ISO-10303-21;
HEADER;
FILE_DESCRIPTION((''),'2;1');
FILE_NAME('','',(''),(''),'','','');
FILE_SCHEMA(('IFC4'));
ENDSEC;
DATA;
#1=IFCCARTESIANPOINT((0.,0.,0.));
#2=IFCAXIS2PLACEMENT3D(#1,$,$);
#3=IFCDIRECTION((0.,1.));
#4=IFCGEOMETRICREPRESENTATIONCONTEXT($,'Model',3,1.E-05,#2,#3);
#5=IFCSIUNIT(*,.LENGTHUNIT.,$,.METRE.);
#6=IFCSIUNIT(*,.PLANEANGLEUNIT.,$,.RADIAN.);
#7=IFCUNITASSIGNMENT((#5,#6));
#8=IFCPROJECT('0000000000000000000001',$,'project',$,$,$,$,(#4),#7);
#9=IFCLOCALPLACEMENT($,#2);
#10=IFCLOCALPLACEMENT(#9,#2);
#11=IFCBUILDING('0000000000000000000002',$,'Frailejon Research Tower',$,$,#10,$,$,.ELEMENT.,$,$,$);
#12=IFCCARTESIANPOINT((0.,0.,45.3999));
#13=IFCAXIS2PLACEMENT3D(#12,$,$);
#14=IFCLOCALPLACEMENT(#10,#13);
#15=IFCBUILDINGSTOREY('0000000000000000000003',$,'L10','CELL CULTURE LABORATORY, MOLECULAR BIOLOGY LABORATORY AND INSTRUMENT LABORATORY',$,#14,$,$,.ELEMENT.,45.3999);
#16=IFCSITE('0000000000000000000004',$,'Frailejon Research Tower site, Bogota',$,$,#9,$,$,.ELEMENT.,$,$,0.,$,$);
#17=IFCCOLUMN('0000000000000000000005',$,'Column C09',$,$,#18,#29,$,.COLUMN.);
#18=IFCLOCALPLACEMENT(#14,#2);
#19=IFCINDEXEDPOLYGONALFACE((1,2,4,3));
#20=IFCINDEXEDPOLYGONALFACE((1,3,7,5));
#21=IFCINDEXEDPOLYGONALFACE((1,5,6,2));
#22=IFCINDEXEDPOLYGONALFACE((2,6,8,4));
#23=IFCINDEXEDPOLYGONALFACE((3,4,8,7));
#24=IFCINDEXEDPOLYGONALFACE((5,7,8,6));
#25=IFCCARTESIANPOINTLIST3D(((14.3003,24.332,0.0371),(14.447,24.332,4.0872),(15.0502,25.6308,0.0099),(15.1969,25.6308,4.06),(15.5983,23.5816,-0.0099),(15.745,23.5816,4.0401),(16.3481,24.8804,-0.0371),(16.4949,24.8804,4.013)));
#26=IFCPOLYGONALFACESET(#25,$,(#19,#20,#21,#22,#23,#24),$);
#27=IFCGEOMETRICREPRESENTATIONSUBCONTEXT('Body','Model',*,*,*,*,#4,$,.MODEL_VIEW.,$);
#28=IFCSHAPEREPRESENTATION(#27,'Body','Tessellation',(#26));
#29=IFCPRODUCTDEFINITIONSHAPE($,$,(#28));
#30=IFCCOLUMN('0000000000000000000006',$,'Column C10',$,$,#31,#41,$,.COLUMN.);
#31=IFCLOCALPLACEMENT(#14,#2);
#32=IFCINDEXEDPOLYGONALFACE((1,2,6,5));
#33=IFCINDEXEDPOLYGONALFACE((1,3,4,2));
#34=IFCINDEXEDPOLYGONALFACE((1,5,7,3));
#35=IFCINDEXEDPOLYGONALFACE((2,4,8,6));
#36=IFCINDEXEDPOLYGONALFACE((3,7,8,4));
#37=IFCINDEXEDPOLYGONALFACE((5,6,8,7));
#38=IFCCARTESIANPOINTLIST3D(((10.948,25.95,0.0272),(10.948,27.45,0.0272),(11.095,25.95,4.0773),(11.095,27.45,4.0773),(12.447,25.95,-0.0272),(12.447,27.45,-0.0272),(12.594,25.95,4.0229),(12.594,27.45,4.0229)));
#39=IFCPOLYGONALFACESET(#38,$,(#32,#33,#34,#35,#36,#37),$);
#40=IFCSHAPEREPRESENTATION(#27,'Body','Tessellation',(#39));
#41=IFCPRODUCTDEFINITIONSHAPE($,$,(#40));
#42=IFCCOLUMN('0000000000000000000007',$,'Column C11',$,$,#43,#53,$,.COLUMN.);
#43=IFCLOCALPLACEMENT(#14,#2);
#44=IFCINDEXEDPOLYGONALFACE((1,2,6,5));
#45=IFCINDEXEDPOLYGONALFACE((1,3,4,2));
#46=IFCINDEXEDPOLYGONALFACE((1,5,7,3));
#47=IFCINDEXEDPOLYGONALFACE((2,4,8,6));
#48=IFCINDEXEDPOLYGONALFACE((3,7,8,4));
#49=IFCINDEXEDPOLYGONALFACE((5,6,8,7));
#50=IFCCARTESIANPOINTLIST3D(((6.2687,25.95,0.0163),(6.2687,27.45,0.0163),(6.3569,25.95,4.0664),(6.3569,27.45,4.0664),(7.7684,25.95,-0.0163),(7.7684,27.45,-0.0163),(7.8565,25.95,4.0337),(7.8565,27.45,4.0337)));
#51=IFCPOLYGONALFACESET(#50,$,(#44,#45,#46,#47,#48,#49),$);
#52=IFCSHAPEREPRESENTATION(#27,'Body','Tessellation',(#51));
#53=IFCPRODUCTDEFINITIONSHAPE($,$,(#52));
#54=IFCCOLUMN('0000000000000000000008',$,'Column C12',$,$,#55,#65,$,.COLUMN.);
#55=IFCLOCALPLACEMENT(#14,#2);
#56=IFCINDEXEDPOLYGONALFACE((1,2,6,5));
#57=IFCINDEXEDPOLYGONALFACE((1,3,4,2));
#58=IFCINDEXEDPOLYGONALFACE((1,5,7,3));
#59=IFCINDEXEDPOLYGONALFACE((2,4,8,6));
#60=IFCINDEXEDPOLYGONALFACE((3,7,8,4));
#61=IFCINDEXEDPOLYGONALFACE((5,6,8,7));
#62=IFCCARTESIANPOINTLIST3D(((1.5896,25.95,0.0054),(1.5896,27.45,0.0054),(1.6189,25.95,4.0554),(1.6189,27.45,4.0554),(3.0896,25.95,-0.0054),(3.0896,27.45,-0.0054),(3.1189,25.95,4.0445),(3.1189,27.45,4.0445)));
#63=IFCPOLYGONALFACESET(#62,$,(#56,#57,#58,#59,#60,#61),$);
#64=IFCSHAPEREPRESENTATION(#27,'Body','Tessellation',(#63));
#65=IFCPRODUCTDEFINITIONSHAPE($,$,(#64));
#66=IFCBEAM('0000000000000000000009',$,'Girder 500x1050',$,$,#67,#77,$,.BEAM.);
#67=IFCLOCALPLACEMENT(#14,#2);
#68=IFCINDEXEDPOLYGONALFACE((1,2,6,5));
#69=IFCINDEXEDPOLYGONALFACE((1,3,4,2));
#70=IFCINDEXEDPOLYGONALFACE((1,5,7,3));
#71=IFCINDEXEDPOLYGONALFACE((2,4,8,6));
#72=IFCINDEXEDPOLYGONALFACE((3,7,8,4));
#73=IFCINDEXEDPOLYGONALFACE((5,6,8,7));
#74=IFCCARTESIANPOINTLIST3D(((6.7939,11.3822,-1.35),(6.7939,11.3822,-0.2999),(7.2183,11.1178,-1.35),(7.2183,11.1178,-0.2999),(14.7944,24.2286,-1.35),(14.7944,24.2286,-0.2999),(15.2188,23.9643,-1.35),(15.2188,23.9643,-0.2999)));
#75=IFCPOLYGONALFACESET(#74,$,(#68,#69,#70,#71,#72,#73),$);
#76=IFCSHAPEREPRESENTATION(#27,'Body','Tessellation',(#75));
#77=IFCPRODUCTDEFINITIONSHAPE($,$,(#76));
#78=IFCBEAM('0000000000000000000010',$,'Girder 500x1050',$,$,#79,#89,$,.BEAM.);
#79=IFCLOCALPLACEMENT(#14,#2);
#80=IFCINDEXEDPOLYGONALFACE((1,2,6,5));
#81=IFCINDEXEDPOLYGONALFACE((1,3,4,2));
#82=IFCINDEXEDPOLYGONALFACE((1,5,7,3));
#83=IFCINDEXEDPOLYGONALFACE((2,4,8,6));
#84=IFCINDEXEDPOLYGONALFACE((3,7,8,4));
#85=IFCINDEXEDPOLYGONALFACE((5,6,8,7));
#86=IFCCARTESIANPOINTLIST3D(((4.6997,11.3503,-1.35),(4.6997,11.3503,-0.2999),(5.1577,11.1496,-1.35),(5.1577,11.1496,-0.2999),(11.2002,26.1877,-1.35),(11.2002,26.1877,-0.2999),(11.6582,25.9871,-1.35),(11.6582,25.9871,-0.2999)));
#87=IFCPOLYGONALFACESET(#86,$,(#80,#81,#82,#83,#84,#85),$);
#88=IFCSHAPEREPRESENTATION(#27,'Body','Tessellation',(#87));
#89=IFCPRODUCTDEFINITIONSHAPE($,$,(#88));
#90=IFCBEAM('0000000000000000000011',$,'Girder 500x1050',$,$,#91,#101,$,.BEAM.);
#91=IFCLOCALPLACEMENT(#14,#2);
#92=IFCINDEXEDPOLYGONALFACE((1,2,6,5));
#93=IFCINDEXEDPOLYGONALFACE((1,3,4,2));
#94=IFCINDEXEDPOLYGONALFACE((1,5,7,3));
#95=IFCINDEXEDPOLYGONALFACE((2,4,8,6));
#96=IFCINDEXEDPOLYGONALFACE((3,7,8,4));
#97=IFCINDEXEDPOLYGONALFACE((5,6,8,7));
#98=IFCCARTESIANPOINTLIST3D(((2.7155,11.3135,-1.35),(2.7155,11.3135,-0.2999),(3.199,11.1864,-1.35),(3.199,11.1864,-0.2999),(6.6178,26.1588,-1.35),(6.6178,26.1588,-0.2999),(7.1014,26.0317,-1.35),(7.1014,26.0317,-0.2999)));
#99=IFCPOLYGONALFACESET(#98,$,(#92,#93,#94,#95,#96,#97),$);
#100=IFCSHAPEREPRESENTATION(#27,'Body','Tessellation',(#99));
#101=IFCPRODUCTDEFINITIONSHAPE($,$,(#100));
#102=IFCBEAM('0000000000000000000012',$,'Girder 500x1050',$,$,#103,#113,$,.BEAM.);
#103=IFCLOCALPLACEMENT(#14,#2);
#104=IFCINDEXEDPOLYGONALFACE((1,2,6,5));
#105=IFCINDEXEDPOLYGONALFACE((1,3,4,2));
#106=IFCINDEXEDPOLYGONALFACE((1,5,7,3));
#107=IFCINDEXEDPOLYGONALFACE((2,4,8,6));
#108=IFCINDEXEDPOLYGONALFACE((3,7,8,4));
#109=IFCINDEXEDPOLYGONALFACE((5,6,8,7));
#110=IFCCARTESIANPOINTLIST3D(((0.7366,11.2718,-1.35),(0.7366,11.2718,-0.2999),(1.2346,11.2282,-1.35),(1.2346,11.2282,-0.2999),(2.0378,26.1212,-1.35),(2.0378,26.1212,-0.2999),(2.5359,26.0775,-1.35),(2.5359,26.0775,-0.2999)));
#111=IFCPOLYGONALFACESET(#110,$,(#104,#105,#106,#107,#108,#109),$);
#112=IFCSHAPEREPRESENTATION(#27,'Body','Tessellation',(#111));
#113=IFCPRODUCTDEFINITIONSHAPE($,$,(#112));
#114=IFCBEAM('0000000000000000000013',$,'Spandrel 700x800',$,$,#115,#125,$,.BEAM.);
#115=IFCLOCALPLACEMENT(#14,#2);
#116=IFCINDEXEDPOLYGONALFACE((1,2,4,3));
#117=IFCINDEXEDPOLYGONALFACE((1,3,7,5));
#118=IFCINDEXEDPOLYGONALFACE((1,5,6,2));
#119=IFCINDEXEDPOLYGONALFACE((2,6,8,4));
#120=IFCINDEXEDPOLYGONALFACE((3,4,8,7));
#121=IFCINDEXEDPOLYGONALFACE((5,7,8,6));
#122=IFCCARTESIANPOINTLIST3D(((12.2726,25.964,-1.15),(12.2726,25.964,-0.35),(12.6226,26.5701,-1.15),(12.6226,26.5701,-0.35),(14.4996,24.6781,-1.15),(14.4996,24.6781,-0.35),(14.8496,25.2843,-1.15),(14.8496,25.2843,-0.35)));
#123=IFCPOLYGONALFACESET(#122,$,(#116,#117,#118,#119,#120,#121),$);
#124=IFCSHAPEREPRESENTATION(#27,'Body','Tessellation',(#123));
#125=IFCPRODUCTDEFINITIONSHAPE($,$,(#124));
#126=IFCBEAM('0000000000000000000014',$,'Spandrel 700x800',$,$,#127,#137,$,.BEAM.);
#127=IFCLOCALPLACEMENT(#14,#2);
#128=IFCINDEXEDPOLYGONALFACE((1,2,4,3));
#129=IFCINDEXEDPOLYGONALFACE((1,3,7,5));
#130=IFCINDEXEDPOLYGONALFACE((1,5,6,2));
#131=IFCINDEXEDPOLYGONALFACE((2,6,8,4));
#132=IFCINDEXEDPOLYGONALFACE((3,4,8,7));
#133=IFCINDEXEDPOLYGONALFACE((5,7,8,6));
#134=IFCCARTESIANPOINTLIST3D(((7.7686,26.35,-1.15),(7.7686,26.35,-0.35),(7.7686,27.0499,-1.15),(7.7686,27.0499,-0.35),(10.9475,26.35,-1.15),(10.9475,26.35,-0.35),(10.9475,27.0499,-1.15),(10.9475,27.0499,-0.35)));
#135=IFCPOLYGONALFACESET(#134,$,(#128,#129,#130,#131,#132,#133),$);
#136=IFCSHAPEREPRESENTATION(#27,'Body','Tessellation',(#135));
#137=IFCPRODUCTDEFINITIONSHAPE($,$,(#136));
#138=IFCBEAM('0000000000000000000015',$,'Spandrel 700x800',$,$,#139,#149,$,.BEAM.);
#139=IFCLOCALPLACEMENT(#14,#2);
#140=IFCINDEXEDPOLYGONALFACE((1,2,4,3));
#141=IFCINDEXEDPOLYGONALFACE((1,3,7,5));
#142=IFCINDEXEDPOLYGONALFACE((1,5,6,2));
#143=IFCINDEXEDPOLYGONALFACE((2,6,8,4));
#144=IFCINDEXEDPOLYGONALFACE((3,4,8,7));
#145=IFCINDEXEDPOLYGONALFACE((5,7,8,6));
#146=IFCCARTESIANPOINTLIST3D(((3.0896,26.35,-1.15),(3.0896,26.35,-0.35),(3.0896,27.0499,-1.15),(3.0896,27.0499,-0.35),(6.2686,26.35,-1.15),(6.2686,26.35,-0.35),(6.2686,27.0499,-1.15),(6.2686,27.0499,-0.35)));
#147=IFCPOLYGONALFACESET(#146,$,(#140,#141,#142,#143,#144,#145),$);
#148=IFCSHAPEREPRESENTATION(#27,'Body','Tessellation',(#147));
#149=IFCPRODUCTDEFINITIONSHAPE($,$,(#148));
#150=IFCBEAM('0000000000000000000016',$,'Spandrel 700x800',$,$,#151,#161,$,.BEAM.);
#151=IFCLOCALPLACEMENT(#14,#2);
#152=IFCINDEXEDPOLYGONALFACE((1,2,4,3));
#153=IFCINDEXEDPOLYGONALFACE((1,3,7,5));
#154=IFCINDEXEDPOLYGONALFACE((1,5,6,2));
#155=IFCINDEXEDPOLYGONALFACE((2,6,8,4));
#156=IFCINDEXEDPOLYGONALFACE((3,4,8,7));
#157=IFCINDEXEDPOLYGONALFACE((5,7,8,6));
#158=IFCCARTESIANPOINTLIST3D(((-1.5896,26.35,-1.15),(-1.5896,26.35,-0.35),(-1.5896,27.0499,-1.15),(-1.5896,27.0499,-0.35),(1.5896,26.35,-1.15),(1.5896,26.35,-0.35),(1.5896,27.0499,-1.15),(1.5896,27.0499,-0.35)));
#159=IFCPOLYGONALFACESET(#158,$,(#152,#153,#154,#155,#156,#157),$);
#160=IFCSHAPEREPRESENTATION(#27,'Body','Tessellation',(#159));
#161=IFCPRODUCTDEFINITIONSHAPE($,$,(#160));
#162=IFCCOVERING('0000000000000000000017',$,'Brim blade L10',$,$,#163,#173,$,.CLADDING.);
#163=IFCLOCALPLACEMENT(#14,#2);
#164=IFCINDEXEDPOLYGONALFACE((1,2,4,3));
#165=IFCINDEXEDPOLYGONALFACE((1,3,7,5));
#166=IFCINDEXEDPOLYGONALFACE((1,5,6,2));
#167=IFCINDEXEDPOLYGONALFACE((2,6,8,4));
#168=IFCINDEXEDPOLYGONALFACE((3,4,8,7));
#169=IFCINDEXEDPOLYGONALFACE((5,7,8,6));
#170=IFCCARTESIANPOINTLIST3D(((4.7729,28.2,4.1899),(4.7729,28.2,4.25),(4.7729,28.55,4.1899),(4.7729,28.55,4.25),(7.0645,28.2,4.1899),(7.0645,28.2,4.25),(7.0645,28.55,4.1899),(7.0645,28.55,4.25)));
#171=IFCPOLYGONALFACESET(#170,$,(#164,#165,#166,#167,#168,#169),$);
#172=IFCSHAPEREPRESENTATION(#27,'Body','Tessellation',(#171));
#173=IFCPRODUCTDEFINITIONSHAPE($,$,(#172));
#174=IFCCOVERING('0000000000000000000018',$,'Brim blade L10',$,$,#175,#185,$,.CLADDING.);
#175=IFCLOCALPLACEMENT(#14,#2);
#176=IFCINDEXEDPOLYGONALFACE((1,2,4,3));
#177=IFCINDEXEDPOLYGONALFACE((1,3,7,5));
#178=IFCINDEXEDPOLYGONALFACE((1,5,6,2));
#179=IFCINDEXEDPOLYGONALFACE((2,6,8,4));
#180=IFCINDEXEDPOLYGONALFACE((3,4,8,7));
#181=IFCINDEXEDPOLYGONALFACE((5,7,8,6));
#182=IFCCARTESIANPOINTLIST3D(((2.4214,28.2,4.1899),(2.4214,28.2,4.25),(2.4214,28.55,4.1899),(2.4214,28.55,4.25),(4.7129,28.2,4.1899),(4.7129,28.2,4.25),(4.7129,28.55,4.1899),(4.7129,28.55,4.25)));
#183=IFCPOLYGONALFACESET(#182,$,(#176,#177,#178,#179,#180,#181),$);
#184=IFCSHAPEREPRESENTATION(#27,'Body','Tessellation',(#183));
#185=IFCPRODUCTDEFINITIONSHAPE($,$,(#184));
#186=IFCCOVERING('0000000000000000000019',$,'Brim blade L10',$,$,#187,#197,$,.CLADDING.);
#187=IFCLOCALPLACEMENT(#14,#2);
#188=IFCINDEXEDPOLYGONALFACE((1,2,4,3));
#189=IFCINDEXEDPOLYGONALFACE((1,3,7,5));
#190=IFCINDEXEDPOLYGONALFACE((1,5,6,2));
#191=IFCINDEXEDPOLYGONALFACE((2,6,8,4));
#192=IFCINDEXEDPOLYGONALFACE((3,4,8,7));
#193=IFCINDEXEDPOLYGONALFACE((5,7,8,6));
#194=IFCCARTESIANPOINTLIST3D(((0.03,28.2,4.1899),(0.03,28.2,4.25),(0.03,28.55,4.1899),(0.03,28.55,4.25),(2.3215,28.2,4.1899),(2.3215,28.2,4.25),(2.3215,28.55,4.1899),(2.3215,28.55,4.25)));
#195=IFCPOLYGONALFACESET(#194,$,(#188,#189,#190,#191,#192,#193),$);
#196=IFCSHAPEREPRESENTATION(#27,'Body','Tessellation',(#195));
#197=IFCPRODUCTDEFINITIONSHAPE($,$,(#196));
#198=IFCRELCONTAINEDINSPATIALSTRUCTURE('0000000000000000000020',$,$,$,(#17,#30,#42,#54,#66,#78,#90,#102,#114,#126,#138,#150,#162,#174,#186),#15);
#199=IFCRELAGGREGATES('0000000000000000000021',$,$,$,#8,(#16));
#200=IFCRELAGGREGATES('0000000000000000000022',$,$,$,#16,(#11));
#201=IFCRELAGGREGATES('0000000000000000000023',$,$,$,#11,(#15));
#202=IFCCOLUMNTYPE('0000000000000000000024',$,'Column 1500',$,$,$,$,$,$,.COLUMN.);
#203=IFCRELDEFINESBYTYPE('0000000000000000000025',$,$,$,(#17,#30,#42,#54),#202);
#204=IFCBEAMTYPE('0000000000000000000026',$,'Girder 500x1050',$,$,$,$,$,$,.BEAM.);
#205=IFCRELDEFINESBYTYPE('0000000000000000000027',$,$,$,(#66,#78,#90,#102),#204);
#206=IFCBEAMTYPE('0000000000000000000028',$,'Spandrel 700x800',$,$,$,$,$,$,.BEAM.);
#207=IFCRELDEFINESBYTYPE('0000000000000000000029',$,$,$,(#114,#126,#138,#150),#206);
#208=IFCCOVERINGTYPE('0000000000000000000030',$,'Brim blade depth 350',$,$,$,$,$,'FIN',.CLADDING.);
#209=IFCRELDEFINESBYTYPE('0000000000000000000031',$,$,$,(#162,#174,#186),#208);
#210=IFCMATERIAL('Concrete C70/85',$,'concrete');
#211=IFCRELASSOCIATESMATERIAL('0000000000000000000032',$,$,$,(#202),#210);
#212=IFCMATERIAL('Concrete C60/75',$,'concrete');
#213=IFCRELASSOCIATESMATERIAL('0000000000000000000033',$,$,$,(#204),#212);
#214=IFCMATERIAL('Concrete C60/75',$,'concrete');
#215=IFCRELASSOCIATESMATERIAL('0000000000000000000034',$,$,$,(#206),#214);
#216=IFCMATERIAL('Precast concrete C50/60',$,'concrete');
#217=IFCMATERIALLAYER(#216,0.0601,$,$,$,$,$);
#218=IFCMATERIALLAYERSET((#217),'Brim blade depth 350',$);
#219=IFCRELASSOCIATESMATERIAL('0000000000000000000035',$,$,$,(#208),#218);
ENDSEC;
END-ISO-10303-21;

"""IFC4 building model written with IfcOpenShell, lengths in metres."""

from ifc_helpers import new_model, si_unit, direction, frame, origin, origin_2d, place, context, subcontext, project, spatial, polyline, rectangle, outline, extrude, material, layer, layer_set, material_profile, profile_set, type_object, element, save


model = new_model("IFC4")

# Units and contexts
model_context = context("Model", 3, precision=1e-05, world=origin(), true_north=direction((0.0, 1.0)))
body_context = subcontext(model_context, "Body", "Model", "MODEL_VIEW")
ifc_project = project(units=[si_unit("LENGTHUNIT", "METRE"), si_unit("PLANEANGLEUNIT", "RADIAN")], contexts=[model_context])

# Site, building, storey
site_placement = place(None, origin())
site = spatial("IfcSite", under=ifc_project, at=site_placement, Name="Frailejon Research Tower site, Bogota", CompositionType="ELEMENT", RefElevation=0.0)
building_placement = place(site_placement, origin())
building = spatial("IfcBuilding", under=site, at=building_placement, Name="Frailejon Research Tower", CompositionType="ELEMENT")
storey_placement = place(building_placement, frame((0.0, 0.0, 45.3999)))
storey = spatial("IfcBuildingStorey", under=building, at=storey_placement, Name="L10", Description="CELL CULTURE LABORATORY, MOLECULAR BIOLOGY LABORATORY AND INSTRUMENT LABORATORY", CompositionType="ELEMENT", Elevation=45.3999)

# Columns
ifc_material_1 = material(Name="Concrete C70/85", Category="concrete")
ifc_material_profile_1 = material_profile(ifc_material_1, rectangle(XDim=1.5, YDim=1.5, at=origin_2d()), Name="Column 1500")
ifc_profile_set_1 = profile_set([ifc_material_profile_1], Name="Concrete C70/85")
column_type = type_object("IfcColumnType", Name="Column 1500", PredefinedType="COLUMN", material=ifc_profile_set_1)
for number, where, z_axis, x_axis, name in (
    (1, (15.3242, 24.6062, 0.0), (0.036205, 0.0, 0.999344), (-0.865315, 0.500246, 0.031349), "Column C09"),
    (2, (11.6975, 26.7, 0.0), (0.036265, 0.0, 0.999342), (-0.999342, 0.0, 0.036265), "Column C10"),
):
    element("IfcColumn", number, at=place(storey_placement, frame(where, z_axis=z_axis, x_axis=x_axis)), inside=storey, type_object=column_type, Name=name, PredefinedType="COLUMN", context=body_context, shape_type="SweptSolid", body=[
        extrude(rectangle(XDim=1.5, YDim=1.5, at=origin_2d()), origin(), (0.0, 0.0, 1.0), 4.0527),
    ])
column_1_placement = place(storey_placement, frame((7.0186, 26.7, 0.0), z_axis=(0.021756, 0.0, 0.999763), x_axis=(-0.999763, 0.0, 0.021756)))
element("IfcColumn", 3, at=column_1_placement, inside=storey, type_object=column_type, Name="Column C11", PredefinedType="COLUMN", context=body_context, shape_type="SweptSolid", body=[
    extrude(rectangle(XDim=1.5, YDim=1.5, at=origin_2d()), origin(), (0.0, 0.0, 1.0), 4.051),
])
column_2_placement = place(storey_placement, frame((2.3396, 26.7, 0.0), z_axis=(0.007234, 0.0, 0.999974), x_axis=(-0.999974, 0.0, 0.007234)))
element("IfcColumn", 4, at=column_2_placement, inside=storey, type_object=column_type, Name="Column C12", PredefinedType="COLUMN", context=body_context, shape_type="SweptSolid", body=[
    extrude(rectangle(XDim=1.5, YDim=1.5, at=origin_2d()), origin(), (0.0, 0.0, 1.0), 4.05),
])

# Beams
ifc_material_2 = material(Name="Concrete C60/75", Category="concrete")
ifc_material_profile_2 = material_profile(ifc_material_2, rectangle(XDim=0.5, YDim=1.05, at=origin_2d()), Name="Girder 500x1050")
ifc_profile_set_2 = profile_set([ifc_material_profile_2], Name="Concrete C60/75")
beam_type_1 = type_object("IfcBeamType", Name="Girder 500x1050", PredefinedType="BEAM", material=ifc_profile_set_2)
beam_1_placement = place(storey_placement, frame((15.0066, 24.0964, -0.825), z_axis=(-0.528642, -0.848845, 0.0), x_axis=(0.848845, -0.528642, 0.0)))
element("IfcBeam", 5, at=beam_1_placement, inside=storey, type_object=beam_type_1, Name="Girder 500x1050", PredefinedType="BEAM", context=body_context, shape_type="SweptSolid", body=[
    extrude(rectangle(XDim=0.5, YDim=1.05, at=origin_2d()), origin(), (0.0, 0.0, 1.0), 15.134),
])
beam_2_placement = place(storey_placement, frame((11.4292, 26.0874, -0.825), z_axis=(-0.401292, -0.91595, 0.0), x_axis=(0.91595, -0.401292, 0.0)))
element("IfcBeam", 6, at=beam_2_placement, inside=storey, type_object=beam_type_1, Name="Girder 500x1050", PredefinedType="BEAM", context=body_context, shape_type="SweptSolid", body=[
    extrude(rectangle(XDim=0.5, YDim=1.05, at=origin_2d()), origin(), (0.0, 0.0, 1.0), 16.199),
])
beam_3_placement = place(storey_placement, frame((6.8596, 26.0952, -0.825), z_axis=(-0.254232, -0.967143, 0.0), x_axis=(0.967143, -0.254232, 0.0)))
element("IfcBeam", 7, at=beam_3_placement, inside=storey, type_object=beam_type_1, Name="Girder 500x1050", PredefinedType="BEAM", context=body_context, shape_type="SweptSolid", body=[
    extrude(rectangle(XDim=0.5, YDim=1.05, at=origin_2d()), origin(), (0.0, 0.0, 1.0), 15.3496),
])
beam_4_placement = place(storey_placement, frame((2.2869, 26.0994, -0.825), z_axis=(-0.087297, -0.996182, 0.0), x_axis=(0.996182, -0.087297, 0.0)))
element("IfcBeam", 8, at=beam_4_placement, inside=storey, type_object=beam_type_1, Name="Girder 500x1050", PredefinedType="BEAM", context=body_context, shape_type="SweptSolid", body=[
    extrude(rectangle(XDim=0.5, YDim=1.05, at=origin_2d()), origin(), (0.0, 0.0, 1.0), 14.9062),
])
ifc_material_3 = material(Name="Concrete C60/75", Category="concrete")
ifc_material_profile_3 = material_profile(ifc_material_3, rectangle(XDim=0.7, YDim=0.8, at=origin_2d()), Name="Spandrel 700x800")
ifc_profile_set_3 = profile_set([ifc_material_profile_3], Name="Concrete C60/75")
beam_type_2 = type_object("IfcBeamType", Name="Spandrel 700x800", PredefinedType="BEAM", material=ifc_profile_set_3)
beam_5_placement = place(storey_placement, frame((14.6746, 24.9812, -0.75), z_axis=(-0.866009, 0.500029, 0.0), x_axis=(-0.500029, -0.866009, 0.0)))
element("IfcBeam", 9, at=beam_5_placement, inside=storey, type_object=beam_type_2, Name="Spandrel 700x800", PredefinedType="BEAM", context=body_context, shape_type="SweptSolid", body=[
    extrude(rectangle(XDim=0.7, YDim=0.8, at=origin_2d()), origin(), (0.0, 0.0, 1.0), 2.5715),
])
for number, where, z_axis, x_axis, name in (
    (10, (10.9475, 26.7, -0.75), (-1.0, 0.0, 0.0), (0.0, -1.0, 0.0), "Spandrel 700x800"),
    (11, (6.2686, 26.7, -0.75), (-1.0, 0.0, 0.0), (0.0, -1.0, 0.0), "Spandrel 700x800"),
):
    element("IfcBeam", number, at=place(storey_placement, frame(where, z_axis=z_axis, x_axis=x_axis)), inside=storey, type_object=beam_type_2, Name=name, PredefinedType="BEAM", context=body_context, shape_type="SweptSolid", body=[
        extrude(rectangle(XDim=0.7, YDim=0.8, at=origin_2d()), origin(), (0.0, 0.0, 1.0), 3.179),
    ])
beam_6_placement = place(storey_placement, frame((1.5896, 26.7, -0.75), z_axis=(-1.0, 0.0, 0.0), x_axis=(0.0, -1.0, 0.0)))
element("IfcBeam", 12, at=beam_6_placement, inside=storey, type_object=beam_type_2, Name="Spandrel 700x800", PredefinedType="BEAM", context=body_context, shape_type="SweptSolid", body=[
    extrude(rectangle(XDim=0.7, YDim=0.8, at=origin_2d()), origin(), (0.0, 0.0, 1.0), 3.1792),
])

# Coverings
ifc_material_4 = material(Name="Precast concrete C50/60", Category="concrete")
ifc_layer_1 = layer(ifc_material_4, 0.0601)
ifc_layer_set_1 = layer_set([ifc_layer_1], Name="Brim blade depth 350")
covering_type_1 = type_object("IfcCoveringType", Name="Brim blade depth 350", ElementType="FIN", PredefinedType="CLADDING", material=ifc_layer_set_1)
for number, where, z_axis, x_axis, name in (
    (13, (4.7729, 28.2, 4.25), (1.0, 0.0, 0.0), (0.0, 1.0, 0.0), "Brim blade L10"),
    (14, (2.4214, 28.2, 4.25), (1.0, 0.0, 0.0), (0.0, 1.0, 0.0), "Brim blade L10"),
    (15, (0.03, 28.2, 4.25), (1.0, 0.0, 0.0), (0.0, 1.0, 0.0), "Brim blade L10"),
):
    element("IfcCovering", number, at=place(storey_placement, frame(where, z_axis=z_axis, x_axis=x_axis)), inside=storey, type_object=covering_type_1, Name=name, PredefinedType="CLADDING", context=body_context, shape_type="SweptSolid", body=[
        extrude(outline(polyline([(0.0, -0.0601), (0.3501, -0.0601), (0.3501, 0.0), (0.0, 0.0), (0.0, -0.0601)])), origin(), (0.0, 0.0, 1.0), 2.2915),
    ])

save(model, "model.ifc")
